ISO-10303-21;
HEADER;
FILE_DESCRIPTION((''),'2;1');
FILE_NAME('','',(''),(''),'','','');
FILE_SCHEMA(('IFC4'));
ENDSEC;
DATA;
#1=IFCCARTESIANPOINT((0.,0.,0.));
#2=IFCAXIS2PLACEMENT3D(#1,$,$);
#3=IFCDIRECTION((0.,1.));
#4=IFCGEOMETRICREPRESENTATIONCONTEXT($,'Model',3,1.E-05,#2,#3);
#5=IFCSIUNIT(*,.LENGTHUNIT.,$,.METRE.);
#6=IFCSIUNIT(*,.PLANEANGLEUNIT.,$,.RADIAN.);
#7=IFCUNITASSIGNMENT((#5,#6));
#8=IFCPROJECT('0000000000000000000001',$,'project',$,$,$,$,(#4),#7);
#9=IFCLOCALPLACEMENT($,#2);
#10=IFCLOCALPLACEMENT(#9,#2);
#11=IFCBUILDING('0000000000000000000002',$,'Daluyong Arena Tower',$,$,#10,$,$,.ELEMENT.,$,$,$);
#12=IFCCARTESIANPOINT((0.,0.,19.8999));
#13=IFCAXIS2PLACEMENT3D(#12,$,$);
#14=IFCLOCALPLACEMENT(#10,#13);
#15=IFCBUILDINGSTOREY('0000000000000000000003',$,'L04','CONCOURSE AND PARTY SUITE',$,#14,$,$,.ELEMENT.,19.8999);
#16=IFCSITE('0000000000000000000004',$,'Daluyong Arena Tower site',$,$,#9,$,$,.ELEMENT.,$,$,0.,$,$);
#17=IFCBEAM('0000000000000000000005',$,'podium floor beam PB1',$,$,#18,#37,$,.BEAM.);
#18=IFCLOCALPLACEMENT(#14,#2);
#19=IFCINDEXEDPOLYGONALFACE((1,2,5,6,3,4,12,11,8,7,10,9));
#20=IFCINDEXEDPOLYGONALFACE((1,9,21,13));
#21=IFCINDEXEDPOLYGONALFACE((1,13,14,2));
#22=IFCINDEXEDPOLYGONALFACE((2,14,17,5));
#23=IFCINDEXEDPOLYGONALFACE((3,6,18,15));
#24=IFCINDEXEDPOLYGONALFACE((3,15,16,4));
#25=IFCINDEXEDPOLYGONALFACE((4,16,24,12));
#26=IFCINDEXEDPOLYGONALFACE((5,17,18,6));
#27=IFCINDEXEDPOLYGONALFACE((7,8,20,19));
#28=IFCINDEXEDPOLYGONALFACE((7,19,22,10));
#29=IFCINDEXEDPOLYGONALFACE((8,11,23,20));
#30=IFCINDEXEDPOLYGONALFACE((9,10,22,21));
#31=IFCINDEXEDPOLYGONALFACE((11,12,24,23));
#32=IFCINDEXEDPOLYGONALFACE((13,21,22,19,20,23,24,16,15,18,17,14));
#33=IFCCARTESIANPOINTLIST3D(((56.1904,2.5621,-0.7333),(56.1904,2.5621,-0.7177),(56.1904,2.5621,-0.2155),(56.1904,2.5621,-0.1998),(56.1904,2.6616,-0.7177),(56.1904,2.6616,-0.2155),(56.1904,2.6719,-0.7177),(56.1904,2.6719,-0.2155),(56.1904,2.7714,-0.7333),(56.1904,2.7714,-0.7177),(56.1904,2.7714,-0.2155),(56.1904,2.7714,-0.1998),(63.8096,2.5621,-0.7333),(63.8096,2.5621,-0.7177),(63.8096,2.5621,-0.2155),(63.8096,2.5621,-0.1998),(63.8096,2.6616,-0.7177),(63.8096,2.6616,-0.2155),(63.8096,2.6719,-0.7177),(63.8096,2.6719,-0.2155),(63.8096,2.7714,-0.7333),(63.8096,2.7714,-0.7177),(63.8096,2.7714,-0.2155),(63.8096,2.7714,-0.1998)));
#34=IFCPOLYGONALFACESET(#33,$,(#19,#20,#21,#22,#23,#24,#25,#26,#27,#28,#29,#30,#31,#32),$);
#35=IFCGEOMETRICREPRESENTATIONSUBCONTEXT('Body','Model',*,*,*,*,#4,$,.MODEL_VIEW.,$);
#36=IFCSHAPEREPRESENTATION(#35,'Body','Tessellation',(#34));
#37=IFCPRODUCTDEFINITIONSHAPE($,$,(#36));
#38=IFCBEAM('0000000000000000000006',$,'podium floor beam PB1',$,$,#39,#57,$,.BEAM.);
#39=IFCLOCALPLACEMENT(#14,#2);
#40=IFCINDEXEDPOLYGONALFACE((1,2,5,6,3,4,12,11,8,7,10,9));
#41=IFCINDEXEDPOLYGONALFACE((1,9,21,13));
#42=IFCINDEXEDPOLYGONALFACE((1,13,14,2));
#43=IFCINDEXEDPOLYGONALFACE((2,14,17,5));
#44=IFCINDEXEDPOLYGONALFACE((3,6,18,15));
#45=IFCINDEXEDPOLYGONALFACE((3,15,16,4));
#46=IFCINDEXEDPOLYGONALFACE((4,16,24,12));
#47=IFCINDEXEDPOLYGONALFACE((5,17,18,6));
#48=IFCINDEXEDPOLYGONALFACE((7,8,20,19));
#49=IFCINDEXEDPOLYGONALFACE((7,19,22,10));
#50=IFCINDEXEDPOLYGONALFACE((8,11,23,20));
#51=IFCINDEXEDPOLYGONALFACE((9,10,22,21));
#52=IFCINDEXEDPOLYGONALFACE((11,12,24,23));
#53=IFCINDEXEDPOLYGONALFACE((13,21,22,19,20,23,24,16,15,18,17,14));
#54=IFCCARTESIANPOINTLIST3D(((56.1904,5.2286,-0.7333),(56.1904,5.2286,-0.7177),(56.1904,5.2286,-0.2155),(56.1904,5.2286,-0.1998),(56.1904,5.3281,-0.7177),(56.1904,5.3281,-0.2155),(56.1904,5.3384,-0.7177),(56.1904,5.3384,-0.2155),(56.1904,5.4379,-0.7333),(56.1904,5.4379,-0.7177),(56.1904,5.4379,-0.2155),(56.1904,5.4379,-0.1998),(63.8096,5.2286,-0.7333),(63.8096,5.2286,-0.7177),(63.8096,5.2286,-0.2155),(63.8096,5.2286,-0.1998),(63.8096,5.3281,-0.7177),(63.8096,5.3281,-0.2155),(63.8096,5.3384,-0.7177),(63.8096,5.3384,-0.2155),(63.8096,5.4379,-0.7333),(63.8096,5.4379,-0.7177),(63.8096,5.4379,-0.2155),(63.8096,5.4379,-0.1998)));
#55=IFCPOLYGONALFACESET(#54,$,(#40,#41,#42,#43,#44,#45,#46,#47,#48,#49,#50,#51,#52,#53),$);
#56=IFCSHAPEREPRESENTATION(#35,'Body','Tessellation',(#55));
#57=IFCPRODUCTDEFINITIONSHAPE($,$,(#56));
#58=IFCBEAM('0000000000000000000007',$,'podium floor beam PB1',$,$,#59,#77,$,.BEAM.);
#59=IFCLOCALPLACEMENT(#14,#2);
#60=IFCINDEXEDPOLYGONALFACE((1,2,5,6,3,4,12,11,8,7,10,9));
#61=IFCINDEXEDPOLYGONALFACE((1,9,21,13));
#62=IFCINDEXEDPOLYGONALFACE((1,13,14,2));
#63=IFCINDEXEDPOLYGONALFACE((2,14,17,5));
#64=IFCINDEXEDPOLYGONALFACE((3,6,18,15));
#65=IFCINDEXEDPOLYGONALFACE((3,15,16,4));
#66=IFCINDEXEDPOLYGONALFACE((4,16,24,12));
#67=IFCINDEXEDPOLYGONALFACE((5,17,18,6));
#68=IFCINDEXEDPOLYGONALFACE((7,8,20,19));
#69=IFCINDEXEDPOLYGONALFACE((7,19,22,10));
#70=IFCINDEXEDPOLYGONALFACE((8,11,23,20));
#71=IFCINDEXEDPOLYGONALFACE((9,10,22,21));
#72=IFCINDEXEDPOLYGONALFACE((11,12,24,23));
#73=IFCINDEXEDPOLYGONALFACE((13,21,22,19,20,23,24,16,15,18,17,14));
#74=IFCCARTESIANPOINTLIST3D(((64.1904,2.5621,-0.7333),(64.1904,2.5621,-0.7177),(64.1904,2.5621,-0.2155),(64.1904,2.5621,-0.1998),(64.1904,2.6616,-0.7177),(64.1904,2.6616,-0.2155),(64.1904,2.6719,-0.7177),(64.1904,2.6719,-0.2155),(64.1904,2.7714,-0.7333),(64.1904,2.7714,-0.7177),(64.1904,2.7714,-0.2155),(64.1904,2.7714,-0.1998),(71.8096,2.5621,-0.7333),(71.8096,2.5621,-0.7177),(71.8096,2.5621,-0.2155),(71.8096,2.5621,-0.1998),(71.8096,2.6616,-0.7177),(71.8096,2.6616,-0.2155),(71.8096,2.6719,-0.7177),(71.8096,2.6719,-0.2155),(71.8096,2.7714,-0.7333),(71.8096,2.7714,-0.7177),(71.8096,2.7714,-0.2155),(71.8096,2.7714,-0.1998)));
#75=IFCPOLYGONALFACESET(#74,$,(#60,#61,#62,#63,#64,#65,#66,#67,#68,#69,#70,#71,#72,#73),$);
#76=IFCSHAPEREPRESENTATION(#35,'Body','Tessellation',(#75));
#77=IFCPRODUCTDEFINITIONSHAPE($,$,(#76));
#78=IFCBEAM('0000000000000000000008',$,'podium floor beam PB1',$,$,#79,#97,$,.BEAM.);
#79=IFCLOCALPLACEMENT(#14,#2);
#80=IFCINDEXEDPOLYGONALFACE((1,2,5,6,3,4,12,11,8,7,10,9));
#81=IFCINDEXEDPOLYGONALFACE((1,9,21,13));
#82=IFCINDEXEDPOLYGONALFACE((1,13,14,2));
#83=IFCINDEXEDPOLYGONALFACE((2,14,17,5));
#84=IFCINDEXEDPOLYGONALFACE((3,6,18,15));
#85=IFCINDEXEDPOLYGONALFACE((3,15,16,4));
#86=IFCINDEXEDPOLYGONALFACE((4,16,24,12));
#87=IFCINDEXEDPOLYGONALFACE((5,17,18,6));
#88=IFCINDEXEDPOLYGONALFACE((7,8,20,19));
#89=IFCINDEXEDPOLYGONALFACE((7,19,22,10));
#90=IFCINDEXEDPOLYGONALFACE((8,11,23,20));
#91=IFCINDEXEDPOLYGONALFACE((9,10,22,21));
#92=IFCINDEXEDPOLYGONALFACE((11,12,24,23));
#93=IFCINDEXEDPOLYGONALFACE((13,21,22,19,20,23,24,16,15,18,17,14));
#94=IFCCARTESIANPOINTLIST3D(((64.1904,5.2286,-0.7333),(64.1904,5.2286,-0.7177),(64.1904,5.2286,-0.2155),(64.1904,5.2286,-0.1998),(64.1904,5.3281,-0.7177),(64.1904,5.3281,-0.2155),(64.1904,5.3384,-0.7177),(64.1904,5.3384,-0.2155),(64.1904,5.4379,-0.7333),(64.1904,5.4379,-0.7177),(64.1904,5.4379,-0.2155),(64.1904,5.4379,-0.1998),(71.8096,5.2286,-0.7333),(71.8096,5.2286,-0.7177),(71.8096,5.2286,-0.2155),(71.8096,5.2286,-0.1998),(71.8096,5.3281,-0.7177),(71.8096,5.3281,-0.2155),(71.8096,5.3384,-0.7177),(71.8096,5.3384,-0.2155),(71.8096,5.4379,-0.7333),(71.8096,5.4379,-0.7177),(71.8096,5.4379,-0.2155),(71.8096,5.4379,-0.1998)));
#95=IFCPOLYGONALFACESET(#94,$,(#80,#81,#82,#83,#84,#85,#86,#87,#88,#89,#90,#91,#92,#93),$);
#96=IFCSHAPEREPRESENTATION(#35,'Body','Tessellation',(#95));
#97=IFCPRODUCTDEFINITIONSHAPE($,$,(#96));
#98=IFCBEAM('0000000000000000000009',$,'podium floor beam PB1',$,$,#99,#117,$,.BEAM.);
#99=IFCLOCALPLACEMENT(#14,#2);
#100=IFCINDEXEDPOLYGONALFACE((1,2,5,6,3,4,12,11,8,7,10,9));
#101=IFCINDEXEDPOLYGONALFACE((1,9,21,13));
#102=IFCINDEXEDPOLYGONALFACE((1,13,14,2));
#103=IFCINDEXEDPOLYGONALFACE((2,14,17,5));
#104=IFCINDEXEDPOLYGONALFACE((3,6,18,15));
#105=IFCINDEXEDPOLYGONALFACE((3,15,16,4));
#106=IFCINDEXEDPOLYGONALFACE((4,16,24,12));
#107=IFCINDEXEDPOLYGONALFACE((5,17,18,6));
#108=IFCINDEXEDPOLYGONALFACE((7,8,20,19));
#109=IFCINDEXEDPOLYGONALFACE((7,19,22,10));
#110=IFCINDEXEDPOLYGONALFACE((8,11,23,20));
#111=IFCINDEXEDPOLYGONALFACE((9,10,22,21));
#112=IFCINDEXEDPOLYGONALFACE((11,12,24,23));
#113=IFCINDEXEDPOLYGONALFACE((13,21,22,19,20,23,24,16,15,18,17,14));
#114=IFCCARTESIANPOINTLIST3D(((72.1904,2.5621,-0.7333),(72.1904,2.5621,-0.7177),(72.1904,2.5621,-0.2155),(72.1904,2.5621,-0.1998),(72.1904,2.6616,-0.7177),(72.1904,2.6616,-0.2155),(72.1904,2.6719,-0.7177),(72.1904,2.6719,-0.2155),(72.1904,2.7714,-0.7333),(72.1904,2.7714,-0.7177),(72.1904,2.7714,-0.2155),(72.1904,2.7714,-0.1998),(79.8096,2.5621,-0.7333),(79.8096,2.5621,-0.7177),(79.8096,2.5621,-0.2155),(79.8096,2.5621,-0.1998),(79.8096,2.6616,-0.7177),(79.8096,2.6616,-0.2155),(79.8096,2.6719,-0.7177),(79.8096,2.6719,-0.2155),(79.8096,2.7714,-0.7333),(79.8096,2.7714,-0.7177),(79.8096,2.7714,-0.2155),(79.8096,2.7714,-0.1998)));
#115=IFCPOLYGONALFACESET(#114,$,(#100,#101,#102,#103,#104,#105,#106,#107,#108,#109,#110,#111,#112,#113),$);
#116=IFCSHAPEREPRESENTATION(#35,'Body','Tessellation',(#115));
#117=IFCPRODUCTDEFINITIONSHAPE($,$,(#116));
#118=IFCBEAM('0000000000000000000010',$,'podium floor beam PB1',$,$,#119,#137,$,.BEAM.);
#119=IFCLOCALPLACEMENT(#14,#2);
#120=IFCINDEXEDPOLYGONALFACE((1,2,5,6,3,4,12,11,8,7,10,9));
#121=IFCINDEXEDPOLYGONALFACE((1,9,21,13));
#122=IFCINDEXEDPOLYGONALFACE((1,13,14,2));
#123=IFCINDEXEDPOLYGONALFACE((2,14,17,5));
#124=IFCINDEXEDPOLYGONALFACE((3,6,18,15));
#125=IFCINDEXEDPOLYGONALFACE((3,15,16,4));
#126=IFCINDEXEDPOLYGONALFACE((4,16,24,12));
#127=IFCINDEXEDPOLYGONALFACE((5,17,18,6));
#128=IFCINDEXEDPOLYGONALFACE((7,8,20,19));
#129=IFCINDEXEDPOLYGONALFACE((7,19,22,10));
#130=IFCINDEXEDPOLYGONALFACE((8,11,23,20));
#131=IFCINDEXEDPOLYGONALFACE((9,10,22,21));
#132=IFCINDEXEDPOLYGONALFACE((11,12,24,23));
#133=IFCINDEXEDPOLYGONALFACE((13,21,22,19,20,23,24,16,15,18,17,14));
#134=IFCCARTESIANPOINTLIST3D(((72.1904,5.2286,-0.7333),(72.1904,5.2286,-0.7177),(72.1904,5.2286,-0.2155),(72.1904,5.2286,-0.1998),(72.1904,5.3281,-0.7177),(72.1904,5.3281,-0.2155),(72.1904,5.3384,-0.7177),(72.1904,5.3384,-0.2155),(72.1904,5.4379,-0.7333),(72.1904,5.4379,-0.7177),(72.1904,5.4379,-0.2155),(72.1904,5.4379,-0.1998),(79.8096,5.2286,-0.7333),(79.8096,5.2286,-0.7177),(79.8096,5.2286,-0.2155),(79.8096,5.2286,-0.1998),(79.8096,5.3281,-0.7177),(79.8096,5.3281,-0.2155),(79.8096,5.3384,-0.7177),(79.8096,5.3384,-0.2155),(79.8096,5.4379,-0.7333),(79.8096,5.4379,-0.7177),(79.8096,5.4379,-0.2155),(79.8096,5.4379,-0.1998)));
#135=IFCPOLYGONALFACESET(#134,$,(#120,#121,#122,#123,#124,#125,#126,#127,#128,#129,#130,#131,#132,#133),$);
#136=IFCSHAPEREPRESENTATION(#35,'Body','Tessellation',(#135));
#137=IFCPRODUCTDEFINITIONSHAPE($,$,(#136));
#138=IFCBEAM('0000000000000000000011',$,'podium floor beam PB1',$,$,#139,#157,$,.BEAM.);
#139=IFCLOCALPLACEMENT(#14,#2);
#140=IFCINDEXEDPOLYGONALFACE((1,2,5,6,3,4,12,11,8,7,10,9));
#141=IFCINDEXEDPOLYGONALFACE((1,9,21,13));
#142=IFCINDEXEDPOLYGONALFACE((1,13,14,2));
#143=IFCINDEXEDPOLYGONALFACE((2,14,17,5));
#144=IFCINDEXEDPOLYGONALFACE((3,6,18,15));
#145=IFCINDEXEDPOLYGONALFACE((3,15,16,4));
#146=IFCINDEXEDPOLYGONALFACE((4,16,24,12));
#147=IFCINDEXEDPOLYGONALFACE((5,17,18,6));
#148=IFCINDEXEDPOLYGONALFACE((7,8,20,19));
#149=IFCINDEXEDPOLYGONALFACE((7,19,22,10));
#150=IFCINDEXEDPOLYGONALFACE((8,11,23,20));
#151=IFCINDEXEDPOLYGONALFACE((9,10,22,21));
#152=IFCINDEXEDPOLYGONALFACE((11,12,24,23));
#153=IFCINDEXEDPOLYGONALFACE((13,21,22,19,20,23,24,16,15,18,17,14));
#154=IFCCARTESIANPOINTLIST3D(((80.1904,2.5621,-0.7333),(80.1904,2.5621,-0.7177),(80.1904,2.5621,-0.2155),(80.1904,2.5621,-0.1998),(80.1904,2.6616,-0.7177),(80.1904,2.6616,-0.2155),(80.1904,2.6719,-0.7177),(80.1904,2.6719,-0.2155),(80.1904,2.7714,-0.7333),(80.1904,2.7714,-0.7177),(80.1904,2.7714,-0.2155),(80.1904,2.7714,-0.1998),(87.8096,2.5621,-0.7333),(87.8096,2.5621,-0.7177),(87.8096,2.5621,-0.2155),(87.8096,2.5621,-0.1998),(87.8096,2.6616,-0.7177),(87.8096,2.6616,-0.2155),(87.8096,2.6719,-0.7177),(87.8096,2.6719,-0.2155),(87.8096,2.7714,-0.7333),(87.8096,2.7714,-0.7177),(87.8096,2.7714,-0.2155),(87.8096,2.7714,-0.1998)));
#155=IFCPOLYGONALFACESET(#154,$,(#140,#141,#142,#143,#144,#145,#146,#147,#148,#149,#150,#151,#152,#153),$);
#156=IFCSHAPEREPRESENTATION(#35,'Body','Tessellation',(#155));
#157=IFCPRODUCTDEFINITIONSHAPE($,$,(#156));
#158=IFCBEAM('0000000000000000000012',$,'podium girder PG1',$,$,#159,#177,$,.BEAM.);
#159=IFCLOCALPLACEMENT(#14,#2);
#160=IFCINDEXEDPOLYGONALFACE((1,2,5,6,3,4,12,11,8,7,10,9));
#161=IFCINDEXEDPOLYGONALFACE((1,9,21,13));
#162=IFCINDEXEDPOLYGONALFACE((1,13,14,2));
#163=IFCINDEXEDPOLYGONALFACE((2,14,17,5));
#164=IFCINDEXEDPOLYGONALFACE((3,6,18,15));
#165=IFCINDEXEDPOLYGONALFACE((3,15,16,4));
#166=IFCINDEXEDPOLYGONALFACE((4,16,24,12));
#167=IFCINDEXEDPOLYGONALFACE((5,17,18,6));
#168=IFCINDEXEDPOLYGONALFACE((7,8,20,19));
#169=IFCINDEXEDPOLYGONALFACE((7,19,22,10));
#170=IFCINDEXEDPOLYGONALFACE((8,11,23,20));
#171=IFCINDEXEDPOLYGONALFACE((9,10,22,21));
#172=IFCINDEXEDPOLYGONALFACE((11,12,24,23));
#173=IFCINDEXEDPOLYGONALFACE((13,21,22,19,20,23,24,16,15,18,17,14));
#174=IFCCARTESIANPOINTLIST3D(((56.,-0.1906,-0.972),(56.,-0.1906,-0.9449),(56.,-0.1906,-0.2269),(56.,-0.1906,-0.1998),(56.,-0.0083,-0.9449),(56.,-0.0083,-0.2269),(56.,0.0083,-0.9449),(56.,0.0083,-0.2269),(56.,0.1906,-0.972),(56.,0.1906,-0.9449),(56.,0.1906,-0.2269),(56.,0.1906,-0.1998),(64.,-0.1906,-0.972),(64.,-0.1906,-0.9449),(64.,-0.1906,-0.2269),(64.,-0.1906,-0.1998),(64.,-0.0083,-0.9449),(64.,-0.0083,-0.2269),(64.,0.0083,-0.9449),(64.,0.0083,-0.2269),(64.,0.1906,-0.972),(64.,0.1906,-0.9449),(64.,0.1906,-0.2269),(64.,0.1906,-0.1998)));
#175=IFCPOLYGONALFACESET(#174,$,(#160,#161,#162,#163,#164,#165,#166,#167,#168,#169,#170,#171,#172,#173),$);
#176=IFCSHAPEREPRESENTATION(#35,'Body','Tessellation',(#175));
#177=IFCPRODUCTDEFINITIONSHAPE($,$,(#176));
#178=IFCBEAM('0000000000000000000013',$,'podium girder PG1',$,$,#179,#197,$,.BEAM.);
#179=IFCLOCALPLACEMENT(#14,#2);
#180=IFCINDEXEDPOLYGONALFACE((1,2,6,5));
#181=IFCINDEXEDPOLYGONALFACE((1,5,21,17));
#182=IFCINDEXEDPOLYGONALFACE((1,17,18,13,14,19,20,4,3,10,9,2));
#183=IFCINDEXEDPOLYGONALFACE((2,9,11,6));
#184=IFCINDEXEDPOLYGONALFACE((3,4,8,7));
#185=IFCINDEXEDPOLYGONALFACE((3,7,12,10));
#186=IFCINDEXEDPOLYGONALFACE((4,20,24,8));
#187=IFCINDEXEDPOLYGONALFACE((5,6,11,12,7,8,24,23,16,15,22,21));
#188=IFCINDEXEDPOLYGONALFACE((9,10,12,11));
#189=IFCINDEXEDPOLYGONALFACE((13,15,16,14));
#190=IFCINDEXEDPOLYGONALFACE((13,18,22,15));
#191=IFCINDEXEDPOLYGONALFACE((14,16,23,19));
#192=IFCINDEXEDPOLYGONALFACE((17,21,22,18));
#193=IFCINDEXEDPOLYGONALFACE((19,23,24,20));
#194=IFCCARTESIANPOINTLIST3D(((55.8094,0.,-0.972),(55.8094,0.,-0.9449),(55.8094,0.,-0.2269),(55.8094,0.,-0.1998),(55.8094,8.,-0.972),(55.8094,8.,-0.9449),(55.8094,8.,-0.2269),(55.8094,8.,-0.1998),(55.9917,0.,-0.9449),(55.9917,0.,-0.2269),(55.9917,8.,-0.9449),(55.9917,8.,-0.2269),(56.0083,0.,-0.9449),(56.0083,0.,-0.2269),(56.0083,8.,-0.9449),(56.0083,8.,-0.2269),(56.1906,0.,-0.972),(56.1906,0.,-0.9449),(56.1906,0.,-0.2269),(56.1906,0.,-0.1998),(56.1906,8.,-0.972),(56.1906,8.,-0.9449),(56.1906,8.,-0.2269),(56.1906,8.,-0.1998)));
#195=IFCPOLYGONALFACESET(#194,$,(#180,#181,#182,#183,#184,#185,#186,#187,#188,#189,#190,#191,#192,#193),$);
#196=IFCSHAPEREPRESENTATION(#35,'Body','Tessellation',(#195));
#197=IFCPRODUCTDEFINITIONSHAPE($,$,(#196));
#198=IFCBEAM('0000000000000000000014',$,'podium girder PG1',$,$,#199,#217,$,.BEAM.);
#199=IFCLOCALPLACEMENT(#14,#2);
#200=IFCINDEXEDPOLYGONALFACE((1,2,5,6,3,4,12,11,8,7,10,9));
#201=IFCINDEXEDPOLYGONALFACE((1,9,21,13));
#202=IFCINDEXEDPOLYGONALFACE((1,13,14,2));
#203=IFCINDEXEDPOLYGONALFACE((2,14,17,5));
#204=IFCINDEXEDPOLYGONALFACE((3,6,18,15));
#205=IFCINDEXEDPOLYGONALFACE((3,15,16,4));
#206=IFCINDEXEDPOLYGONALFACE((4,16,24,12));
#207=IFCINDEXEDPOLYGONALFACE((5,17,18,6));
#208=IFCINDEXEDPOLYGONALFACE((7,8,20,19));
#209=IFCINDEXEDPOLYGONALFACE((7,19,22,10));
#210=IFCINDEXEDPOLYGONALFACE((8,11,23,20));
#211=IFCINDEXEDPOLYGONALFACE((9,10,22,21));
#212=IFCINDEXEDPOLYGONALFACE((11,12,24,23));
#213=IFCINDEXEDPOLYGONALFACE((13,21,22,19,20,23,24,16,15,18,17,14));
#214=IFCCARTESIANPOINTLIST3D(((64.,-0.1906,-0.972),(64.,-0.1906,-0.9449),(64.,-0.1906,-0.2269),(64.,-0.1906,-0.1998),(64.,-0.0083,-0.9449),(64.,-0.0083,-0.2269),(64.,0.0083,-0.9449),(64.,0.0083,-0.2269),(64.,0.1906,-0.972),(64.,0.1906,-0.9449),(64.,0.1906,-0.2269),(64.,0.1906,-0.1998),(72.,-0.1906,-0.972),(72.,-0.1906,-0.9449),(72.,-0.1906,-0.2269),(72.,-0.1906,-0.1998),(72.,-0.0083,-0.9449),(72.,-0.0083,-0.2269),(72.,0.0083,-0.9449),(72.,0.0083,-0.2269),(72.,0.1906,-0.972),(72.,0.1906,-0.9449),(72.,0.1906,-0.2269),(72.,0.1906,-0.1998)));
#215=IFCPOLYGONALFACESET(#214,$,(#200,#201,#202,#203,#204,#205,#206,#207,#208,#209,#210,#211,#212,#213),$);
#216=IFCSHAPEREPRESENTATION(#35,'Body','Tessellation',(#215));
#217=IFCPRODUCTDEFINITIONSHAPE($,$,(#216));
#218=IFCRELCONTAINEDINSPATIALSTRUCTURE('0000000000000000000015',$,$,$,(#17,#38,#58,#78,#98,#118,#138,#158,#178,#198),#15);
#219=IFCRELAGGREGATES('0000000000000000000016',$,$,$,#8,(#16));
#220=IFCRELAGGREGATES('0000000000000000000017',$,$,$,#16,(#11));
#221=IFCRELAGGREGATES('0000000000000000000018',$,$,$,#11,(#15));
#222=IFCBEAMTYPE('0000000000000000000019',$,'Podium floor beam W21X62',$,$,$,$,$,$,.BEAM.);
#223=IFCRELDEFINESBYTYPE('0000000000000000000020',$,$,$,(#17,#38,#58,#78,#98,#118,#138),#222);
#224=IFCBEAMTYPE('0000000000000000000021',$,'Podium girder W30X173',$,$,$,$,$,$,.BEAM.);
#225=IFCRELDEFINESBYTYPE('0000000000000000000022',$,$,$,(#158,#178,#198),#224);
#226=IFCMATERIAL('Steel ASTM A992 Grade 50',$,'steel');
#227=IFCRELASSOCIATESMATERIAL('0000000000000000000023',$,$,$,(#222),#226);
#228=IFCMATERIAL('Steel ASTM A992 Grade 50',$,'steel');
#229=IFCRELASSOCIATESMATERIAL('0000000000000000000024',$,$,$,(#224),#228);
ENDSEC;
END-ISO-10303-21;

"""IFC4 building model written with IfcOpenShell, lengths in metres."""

from ifc_helpers import new_model, si_unit, direction, frame, origin, origin_2d, place, context, subcontext, project, spatial, i_section, extrude, material, material_profile, profile_set, type_object, element, save


model = new_model("IFC4")

# Units and contexts
model_context = context("Model", 3, precision=1e-05, world=origin(), true_north=direction((0.0, 1.0)))
body_context = subcontext(model_context, "Body", "Model", "MODEL_VIEW")
ifc_project = project(units=[si_unit("LENGTHUNIT", "METRE"), si_unit("PLANEANGLEUNIT", "RADIAN")], contexts=[model_context])

# Site, building, storey
site_placement = place(None, origin())
site = spatial("IfcSite", under=ifc_project, at=site_placement, Name="Daluyong Arena Tower site", CompositionType="ELEMENT", RefElevation=0.0)
building_placement = place(site_placement, origin())
building = spatial("IfcBuilding", under=site, at=building_placement, Name="Daluyong Arena Tower", CompositionType="ELEMENT")
storey_placement = place(building_placement, frame((0.0, 0.0, 19.8999)))
storey = spatial("IfcBuildingStorey", under=building, at=storey_placement, Name="L04", Description="CONCOURSE AND PARTY SUITE", CompositionType="ELEMENT", Elevation=19.8999)

# Beams
ifc_material_1 = material(Name="Steel ASTM A992 Grade 50", Category="steel")
ifc_material_profile_1 = material_profile(ifc_material_1, i_section(OverallWidth=0.2092, OverallDepth=0.5334, WebThickness=0.0103, FlangeThickness=0.0156, at=origin_2d()))
ifc_profile_set_1 = profile_set([ifc_material_profile_1], Name="Steel ASTM A992 Grade 50")
beam_type_1 = type_object("IfcBeamType", Name="Podium floor beam W21X62", PredefinedType="BEAM", material=ifc_profile_set_1)
for number, where, z_axis, x_axis, name in (
    (1, (56.1904, 2.6667, -0.4666), (1.0, 0.0, 0.0), (0.0, 1.0, 0.0), "podium floor beam PB1"),
    (2, (56.1904, 5.3333, -0.4666), (1.0, 0.0, 0.0), (0.0, 1.0, 0.0), "podium floor beam PB1"),
    (3, (64.1904, 2.6667, -0.4666), (1.0, 0.0, 0.0), (0.0, 1.0, 0.0), "podium floor beam PB1"),
    (4, (64.1904, 5.3333, -0.4666), (1.0, 0.0, 0.0), (0.0, 1.0, 0.0), "podium floor beam PB1"),
    (5, (72.1904, 2.6667, -0.4666), (1.0, 0.0, 0.0), (0.0, 1.0, 0.0), "podium floor beam PB1"),
    (6, (72.1904, 5.3333, -0.4666), (1.0, 0.0, 0.0), (0.0, 1.0, 0.0), "podium floor beam PB1"),
    (7, (80.1904, 2.6667, -0.4666), (1.0, 0.0, 0.0), (0.0, 1.0, 0.0), "podium floor beam PB1"),
):
    element("IfcBeam", number, at=place(storey_placement, frame(where, z_axis=z_axis, x_axis=x_axis)), inside=storey, type_object=beam_type_1, Name=name, PredefinedType="BEAM", context=body_context, shape_type="SweptSolid", body=[
        extrude(i_section(OverallWidth=0.2092, OverallDepth=0.5334, WebThickness=0.0103, FlangeThickness=0.0156, at=origin_2d()), origin(), (0.0, 0.0, 1.0), 7.6191),
    ])
ifc_material_2 = material(Name="Steel ASTM A992 Grade 50", Category="steel")
ifc_material_profile_2 = material_profile(ifc_material_2, i_section(OverallWidth=0.3811, OverallDepth=0.7722, WebThickness=0.0166, FlangeThickness=0.0271, at=origin_2d()))
ifc_profile_set_2 = profile_set([ifc_material_profile_2], Name="Steel ASTM A992 Grade 50")
beam_type_2 = type_object("IfcBeamType", Name="Podium girder W30X173", PredefinedType="BEAM", material=ifc_profile_set_2)
for number, where, z_axis, x_axis, name in (
    (8, (56.0, 0.0, -0.5859), (1.0, 0.0, 0.0), (0.0, 1.0, 0.0), "podium girder PG1"),
    (9, (56.0, 0.0, -0.5859), (0.0, 1.0, 0.0), (-1.0, 0.0, 0.0), "podium girder PG1"),
    (10, (64.0, 0.0, -0.5859), (1.0, 0.0, 0.0), (0.0, 1.0, 0.0), "podium girder PG1"),
):
    element("IfcBeam", number, at=place(storey_placement, frame(where, z_axis=z_axis, x_axis=x_axis)), inside=storey, type_object=beam_type_2, Name=name, PredefinedType="BEAM", context=body_context, shape_type="SweptSolid", body=[
        extrude(i_section(OverallWidth=0.3811, OverallDepth=0.7722, WebThickness=0.0166, FlangeThickness=0.0271, at=origin_2d()), origin(), (0.0, 0.0, 1.0), 8.0),
    ])

save(model, "model.ifc")
